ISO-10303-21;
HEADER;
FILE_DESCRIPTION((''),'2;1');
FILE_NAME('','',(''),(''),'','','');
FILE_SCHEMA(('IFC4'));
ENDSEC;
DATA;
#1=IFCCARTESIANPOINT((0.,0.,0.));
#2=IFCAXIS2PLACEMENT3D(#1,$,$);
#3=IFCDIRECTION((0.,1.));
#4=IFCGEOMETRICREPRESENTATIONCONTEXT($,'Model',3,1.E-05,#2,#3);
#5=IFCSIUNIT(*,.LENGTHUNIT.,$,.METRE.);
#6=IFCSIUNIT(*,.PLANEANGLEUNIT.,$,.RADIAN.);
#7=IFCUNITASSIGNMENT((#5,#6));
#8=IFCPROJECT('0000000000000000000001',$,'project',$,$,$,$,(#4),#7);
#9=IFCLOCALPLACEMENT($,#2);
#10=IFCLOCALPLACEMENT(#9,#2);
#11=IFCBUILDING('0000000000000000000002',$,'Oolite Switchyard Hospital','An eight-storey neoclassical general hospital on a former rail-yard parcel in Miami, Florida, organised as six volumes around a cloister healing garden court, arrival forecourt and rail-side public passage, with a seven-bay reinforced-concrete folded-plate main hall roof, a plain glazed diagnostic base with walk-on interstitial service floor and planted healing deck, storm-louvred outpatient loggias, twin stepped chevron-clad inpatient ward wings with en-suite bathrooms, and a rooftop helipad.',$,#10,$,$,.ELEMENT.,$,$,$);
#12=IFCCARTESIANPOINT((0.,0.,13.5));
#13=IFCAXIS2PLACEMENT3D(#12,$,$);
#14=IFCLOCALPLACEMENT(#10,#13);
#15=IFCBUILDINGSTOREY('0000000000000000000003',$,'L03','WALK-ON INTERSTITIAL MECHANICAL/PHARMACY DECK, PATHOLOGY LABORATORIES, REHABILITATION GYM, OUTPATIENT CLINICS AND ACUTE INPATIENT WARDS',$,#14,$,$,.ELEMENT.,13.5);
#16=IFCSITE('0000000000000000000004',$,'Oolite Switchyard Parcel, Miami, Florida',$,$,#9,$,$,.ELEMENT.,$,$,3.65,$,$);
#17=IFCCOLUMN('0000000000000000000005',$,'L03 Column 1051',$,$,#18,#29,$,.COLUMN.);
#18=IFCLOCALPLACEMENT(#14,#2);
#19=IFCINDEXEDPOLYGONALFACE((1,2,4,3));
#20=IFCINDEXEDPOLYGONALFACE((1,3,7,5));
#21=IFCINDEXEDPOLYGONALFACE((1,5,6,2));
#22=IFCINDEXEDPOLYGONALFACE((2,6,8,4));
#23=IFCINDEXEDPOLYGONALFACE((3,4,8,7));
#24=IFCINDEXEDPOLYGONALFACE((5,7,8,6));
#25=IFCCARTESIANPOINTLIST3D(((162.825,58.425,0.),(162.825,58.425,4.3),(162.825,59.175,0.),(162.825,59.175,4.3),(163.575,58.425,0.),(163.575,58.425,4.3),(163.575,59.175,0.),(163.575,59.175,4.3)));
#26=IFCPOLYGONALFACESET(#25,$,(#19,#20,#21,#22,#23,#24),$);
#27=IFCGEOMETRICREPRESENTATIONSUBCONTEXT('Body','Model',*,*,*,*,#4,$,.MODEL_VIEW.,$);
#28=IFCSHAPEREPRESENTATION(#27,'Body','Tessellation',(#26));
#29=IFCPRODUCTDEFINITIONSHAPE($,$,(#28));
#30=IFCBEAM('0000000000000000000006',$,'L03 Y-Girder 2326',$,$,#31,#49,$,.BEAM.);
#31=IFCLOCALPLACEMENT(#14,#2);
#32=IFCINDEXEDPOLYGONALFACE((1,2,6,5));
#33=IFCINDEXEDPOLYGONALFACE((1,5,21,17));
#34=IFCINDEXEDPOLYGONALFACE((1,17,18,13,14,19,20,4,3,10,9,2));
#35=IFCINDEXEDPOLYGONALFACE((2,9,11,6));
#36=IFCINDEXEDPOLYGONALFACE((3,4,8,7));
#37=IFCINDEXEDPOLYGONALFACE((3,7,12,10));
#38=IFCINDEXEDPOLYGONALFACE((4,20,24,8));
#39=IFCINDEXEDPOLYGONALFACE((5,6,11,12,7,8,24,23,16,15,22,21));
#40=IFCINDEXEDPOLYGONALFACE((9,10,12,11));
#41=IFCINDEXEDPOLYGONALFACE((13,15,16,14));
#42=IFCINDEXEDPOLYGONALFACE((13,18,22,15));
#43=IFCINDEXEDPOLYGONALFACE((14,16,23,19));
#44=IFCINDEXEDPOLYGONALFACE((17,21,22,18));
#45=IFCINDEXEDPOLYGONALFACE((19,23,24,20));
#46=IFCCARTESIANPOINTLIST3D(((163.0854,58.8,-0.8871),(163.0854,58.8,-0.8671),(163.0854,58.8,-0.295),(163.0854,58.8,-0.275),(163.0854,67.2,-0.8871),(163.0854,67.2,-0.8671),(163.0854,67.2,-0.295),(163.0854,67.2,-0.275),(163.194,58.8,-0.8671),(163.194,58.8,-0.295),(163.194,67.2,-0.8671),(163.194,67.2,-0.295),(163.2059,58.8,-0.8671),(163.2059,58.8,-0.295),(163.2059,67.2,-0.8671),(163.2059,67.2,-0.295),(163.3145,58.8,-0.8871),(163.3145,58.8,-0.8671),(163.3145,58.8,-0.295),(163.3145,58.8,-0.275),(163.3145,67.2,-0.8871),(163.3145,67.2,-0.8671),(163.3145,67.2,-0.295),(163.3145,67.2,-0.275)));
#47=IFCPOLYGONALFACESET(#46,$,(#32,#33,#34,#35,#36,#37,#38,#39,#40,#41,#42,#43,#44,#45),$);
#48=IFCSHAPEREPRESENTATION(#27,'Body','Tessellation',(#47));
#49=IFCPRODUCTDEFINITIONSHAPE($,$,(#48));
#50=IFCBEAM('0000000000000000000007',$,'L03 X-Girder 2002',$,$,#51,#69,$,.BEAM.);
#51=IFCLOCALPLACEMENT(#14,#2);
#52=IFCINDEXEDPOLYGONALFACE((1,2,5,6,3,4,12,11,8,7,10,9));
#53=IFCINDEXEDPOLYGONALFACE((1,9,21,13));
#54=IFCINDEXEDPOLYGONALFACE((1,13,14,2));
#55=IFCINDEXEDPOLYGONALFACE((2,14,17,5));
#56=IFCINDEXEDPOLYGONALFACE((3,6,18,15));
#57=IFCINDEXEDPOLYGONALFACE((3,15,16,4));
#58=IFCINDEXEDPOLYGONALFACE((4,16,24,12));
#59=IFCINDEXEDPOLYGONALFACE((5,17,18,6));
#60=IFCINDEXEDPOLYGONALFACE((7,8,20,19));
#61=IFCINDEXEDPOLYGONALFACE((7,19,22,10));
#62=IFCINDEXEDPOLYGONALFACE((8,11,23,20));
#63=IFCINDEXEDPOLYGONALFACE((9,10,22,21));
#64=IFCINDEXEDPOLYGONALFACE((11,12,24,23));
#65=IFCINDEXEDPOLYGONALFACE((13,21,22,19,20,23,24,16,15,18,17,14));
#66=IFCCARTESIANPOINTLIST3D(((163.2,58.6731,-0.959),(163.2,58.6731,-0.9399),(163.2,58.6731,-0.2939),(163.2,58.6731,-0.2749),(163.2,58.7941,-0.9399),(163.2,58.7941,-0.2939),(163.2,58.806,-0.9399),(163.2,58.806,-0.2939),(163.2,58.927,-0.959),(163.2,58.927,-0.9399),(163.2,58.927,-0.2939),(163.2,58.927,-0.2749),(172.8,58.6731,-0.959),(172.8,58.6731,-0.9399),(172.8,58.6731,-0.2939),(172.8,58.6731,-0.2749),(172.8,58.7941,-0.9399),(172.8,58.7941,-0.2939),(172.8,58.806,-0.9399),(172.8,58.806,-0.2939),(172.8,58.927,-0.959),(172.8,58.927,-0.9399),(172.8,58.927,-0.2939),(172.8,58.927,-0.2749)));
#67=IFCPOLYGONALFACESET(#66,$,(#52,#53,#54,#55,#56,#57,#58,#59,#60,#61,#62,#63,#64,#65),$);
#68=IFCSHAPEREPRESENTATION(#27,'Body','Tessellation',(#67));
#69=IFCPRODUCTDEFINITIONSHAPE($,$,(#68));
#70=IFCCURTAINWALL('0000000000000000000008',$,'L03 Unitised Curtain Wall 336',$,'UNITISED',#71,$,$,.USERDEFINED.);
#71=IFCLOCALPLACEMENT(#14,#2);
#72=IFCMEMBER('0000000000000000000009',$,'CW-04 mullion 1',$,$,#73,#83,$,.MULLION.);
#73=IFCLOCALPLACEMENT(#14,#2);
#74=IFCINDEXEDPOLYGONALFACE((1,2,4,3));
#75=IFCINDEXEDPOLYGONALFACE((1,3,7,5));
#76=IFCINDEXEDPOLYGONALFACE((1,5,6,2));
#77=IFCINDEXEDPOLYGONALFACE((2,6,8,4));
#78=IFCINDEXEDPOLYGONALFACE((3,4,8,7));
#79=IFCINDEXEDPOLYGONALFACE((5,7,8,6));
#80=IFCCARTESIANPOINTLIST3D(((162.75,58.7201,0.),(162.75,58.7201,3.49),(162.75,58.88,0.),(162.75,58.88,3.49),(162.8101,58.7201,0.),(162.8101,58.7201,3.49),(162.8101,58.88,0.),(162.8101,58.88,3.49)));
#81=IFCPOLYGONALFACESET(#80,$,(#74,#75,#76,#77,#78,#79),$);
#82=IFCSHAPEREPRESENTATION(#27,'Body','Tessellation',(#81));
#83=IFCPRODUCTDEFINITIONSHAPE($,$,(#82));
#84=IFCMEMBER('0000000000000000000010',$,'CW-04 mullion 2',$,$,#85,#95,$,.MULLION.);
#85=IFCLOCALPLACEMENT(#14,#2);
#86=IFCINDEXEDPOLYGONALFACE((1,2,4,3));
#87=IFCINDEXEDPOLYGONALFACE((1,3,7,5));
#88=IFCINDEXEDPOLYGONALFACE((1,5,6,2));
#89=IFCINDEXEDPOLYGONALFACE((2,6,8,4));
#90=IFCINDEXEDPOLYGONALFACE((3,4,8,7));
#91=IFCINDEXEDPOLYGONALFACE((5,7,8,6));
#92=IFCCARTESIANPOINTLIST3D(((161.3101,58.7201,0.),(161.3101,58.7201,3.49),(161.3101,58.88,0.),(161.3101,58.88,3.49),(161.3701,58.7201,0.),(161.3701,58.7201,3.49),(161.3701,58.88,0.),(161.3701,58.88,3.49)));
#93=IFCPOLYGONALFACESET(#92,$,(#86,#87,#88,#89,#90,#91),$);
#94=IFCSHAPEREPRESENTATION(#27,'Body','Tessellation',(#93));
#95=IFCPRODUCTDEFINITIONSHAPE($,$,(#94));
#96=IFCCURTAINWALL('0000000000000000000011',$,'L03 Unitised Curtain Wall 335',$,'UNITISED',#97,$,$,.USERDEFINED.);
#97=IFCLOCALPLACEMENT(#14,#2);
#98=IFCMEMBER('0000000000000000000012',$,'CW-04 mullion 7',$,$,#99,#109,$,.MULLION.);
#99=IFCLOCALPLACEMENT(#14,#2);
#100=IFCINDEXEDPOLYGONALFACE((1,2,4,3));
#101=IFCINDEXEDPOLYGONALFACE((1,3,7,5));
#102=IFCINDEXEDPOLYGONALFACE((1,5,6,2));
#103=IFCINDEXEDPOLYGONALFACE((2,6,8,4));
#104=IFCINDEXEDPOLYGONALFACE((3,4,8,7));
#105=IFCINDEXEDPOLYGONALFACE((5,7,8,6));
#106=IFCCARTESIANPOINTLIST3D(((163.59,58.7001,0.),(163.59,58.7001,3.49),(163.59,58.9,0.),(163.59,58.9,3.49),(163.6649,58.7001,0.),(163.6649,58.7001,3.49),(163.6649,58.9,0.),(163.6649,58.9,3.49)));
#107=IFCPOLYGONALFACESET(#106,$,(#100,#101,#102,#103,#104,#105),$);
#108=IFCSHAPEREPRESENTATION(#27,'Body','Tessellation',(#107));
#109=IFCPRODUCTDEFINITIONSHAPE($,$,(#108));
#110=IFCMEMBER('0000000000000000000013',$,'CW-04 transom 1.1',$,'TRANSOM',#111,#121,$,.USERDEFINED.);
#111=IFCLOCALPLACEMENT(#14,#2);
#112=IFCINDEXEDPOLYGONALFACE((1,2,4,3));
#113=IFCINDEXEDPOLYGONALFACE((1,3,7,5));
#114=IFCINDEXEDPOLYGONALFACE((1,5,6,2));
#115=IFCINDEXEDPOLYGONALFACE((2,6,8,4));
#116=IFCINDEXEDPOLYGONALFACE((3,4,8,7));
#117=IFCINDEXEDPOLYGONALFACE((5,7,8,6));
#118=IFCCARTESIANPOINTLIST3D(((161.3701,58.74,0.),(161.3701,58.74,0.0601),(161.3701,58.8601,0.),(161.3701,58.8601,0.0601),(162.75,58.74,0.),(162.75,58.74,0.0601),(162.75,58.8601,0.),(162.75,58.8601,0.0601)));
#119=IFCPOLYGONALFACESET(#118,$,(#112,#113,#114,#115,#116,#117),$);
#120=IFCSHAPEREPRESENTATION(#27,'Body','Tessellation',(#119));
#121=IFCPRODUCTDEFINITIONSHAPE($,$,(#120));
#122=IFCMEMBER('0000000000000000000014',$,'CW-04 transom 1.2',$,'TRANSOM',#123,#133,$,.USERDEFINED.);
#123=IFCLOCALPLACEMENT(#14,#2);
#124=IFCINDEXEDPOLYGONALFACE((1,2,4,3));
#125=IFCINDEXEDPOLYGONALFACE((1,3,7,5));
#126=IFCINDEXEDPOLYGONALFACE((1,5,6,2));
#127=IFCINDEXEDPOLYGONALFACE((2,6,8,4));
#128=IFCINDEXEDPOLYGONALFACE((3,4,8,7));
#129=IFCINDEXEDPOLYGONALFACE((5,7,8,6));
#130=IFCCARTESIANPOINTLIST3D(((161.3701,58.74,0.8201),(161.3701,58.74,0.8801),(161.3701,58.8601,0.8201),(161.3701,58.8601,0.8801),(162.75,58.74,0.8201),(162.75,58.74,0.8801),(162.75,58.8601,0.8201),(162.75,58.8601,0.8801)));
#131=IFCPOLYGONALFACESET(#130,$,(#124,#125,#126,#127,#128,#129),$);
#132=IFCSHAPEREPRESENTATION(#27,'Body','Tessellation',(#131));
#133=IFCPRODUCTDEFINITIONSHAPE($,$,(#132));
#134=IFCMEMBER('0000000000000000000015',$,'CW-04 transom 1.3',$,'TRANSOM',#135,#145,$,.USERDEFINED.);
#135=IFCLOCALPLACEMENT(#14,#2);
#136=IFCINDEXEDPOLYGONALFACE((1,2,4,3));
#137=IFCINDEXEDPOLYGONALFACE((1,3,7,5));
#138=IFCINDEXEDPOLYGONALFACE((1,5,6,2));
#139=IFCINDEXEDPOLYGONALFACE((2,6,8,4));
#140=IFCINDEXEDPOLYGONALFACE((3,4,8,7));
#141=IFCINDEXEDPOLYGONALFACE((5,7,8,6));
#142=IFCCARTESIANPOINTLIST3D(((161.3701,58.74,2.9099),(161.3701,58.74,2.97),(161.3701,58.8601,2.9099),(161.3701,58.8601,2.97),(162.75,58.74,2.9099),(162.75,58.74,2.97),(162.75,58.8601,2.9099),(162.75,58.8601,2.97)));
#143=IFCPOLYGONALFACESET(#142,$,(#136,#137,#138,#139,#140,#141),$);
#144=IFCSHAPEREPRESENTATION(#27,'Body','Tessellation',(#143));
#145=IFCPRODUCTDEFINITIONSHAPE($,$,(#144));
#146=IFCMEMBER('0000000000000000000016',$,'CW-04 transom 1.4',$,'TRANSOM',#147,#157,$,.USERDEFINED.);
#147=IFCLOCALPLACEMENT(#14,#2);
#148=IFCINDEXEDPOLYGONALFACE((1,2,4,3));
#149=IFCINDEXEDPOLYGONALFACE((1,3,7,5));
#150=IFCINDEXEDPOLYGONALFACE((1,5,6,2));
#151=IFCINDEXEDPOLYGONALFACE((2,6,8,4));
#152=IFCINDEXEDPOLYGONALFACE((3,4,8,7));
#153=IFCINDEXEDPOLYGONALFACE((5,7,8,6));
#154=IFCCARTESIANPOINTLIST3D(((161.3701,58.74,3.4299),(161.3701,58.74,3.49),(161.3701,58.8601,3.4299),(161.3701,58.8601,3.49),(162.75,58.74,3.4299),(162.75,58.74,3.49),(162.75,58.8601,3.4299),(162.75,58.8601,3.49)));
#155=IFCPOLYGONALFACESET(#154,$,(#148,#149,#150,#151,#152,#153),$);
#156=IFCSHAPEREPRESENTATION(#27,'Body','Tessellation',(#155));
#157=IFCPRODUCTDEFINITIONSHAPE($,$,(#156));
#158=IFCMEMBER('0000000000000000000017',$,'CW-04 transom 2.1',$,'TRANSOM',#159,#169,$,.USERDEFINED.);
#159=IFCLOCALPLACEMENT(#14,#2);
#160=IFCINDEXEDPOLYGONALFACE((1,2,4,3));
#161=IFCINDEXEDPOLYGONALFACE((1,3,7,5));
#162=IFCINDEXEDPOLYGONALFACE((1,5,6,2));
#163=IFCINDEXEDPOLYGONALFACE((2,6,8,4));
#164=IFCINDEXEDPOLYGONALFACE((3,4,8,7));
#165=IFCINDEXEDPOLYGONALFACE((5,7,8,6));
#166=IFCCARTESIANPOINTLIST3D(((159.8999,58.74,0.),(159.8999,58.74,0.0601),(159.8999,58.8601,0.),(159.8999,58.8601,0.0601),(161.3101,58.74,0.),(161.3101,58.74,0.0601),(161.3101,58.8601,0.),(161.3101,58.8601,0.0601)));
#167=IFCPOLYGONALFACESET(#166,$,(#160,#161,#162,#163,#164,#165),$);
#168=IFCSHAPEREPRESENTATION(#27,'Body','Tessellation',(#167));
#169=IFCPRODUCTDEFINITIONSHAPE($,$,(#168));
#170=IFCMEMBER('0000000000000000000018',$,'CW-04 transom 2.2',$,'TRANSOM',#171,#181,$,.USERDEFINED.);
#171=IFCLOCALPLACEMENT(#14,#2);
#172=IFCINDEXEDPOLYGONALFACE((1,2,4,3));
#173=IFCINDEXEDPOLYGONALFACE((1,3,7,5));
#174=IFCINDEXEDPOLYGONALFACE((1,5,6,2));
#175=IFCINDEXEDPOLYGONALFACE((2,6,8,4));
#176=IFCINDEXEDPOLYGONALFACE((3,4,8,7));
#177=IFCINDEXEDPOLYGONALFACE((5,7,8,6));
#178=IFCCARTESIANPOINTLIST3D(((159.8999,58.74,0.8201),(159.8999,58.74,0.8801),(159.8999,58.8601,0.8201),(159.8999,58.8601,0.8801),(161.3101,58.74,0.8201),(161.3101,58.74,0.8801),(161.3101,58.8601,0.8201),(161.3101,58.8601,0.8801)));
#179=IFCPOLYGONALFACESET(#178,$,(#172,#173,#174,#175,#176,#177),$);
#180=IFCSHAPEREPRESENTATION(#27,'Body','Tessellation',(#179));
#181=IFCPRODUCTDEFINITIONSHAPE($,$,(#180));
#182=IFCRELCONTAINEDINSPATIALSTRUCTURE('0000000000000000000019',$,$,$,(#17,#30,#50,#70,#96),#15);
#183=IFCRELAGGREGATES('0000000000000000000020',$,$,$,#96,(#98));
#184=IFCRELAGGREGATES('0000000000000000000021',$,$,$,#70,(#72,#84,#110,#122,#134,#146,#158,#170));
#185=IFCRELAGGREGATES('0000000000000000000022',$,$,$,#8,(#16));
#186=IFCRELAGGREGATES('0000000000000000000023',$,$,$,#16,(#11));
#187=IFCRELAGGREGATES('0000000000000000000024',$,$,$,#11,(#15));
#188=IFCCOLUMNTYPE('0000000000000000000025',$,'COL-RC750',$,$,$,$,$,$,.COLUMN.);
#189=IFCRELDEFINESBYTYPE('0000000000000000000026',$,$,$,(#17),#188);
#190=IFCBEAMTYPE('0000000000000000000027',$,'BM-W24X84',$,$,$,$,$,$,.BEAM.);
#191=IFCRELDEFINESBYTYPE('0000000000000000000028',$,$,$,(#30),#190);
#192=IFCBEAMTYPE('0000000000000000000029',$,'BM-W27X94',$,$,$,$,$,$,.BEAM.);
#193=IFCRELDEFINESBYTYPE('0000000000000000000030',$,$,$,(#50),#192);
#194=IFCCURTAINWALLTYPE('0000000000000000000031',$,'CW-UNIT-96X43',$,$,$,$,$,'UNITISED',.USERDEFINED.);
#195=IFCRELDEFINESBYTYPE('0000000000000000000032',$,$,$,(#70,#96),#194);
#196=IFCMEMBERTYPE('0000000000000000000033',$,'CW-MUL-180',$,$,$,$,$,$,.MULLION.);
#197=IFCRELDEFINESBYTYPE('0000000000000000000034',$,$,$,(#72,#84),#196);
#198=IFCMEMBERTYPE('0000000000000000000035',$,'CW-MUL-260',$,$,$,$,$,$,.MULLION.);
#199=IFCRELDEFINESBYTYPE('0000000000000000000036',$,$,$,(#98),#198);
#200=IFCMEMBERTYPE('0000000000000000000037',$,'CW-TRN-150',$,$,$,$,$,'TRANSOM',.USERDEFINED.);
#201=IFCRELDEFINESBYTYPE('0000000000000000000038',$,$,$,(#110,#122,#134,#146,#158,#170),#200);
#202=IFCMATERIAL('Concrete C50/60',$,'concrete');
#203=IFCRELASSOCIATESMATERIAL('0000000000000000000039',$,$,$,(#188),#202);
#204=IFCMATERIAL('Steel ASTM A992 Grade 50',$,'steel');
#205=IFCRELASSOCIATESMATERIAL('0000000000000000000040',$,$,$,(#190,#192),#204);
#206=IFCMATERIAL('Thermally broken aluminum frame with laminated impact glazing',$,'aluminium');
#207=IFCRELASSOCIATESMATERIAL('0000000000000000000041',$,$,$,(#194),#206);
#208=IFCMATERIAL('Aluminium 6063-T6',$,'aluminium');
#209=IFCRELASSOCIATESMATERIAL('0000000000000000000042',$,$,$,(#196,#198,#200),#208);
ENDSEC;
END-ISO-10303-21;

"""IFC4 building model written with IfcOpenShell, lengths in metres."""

from ifc_helpers import new_model, si_unit, direction, frame, origin, origin_2d, place, context, subcontext, project, spatial, rectangle, i_section, extrude, material, material_profile, profile_set, type_object, element, aggregate, save


model = new_model("IFC4")

# Units and contexts
model_context = context("Model", 3, precision=1e-05, world=origin(), true_north=direction((0.0, 1.0)))
body_context = subcontext(model_context, "Body", "Model", "MODEL_VIEW")
ifc_project = project(units=[si_unit("LENGTHUNIT", "METRE"), si_unit("PLANEANGLEUNIT", "RADIAN")], contexts=[model_context])

# Site, building, storey
site_placement = place(None, origin())
site = spatial("IfcSite", under=ifc_project, at=site_placement, Name="Oolite Switchyard Parcel, Miami, Florida", CompositionType="ELEMENT", RefElevation=3.65)
building_placement = place(site_placement, origin())
building = spatial("IfcBuilding", under=site, at=building_placement, Name="Oolite Switchyard Hospital", Description="An eight-storey neoclassical general hospital on a former rail-yard parcel in Miami, Florida, organised as six volumes around a cloister healing garden court, arrival forecourt and rail-side public passage, with a seven-bay reinforced-concrete folded-plate main hall roof, a plain glazed diagnostic base with walk-on interstitial service floor and planted healing deck, storm-louvred outpatient loggias, twin stepped chevron-clad inpatient ward wings with en-suite bathrooms, and a rooftop helipad.", CompositionType="ELEMENT")
storey_placement = place(building_placement, frame((0.0, 0.0, 13.5)))
storey = spatial("IfcBuildingStorey", under=building, at=storey_placement, Name="L03", Description="WALK-ON INTERSTITIAL MECHANICAL/PHARMACY DECK, PATHOLOGY LABORATORIES, REHABILITATION GYM, OUTPATIENT CLINICS AND ACUTE INPATIENT WARDS", CompositionType="ELEMENT", Elevation=13.5)

# Column
ifc_material_1 = material(Name="Concrete C50/60", Category="concrete")
ifc_material_profile_1 = material_profile(ifc_material_1, rectangle(XDim=0.75, YDim=0.75, at=origin_2d()), Name="RC750X750")
ifc_profile_set_1 = profile_set([ifc_material_profile_1], Name="Concrete C50/60")
column_type = type_object("IfcColumnType", Name="COL-RC750", PredefinedType="COLUMN", material=ifc_profile_set_1)
column_placement = place(storey_placement, frame((163.2, 58.8, 0.0), z_axis=(0.0, 0.0, 1.0), x_axis=(1.0, 0.0, 0.0)))
element("IfcColumn", 1, at=column_placement, inside=storey, type_object=column_type, Name="L03 Column 1051", PredefinedType="COLUMN", context=body_context, shape_type="SweptSolid", body=[
    extrude(rectangle(XDim=0.75, YDim=0.75, at=origin_2d()), origin(), (0.0, 0.0, 1.0), 4.3),
])

# Beams
ifc_material_2 = material(Name="Steel ASTM A992 Grade 50", Category="steel")
ifc_material_profile_2 = material_profile(ifc_material_2, i_section(OverallWidth=0.229, OverallDepth=0.6121, WebThickness=0.012, FlangeThickness=0.02, at=origin_2d()), Name="W24X84")
ifc_profile_set_2 = profile_set([ifc_material_profile_2], Name="Steel ASTM A992 Grade 50")
beam_type_1 = type_object("IfcBeamType", Name="BM-W24X84", PredefinedType="BEAM", material=ifc_profile_set_2)
beam_1_placement = place(storey_placement, frame((163.2, 58.8, -0.5811), z_axis=(0.0, 1.0, 0.0), x_axis=(-1.0, 0.0, 0.0)))
element("IfcBeam", 2, at=beam_1_placement, inside=storey, type_object=beam_type_1, Name="L03 Y-Girder 2326", PredefinedType="BEAM", context=body_context, shape_type="SweptSolid", body=[
    extrude(i_section(OverallWidth=0.229, OverallDepth=0.6121, WebThickness=0.012, FlangeThickness=0.02, at=origin_2d()), origin(), (0.0, 0.0, 1.0), 8.3999),
])
ifc_material_profile_3 = material_profile(ifc_material_2, i_section(OverallWidth=0.2539, OverallDepth=0.6841, WebThickness=0.012, FlangeThickness=0.019, at=origin_2d()), Name="W27X94")
ifc_profile_set_3 = profile_set([ifc_material_profile_3], Name="Steel ASTM A992 Grade 50")
beam_type_2 = type_object("IfcBeamType", Name="BM-W27X94", PredefinedType="BEAM", material=ifc_profile_set_3)
beam_2_placement = place(storey_placement, frame((163.2, 58.8, -0.6169), z_axis=(1.0, 0.0, 0.0), x_axis=(0.0, 1.0, 0.0)))
element("IfcBeam", 3, at=beam_2_placement, inside=storey, type_object=beam_type_2, Name="L03 X-Girder 2002", PredefinedType="BEAM", context=body_context, shape_type="SweptSolid", body=[
    extrude(i_section(OverallWidth=0.2539, OverallDepth=0.6841, WebThickness=0.012, FlangeThickness=0.019, at=origin_2d()), origin(), (0.0, 0.0, 1.0), 9.6001),
])

# Curtain wall, members
ifc_material_3 = material(Name="Thermally broken aluminum frame with laminated impact glazing", Category="aluminium")
curtain_wall_type = type_object("IfcCurtainWallType", Name="CW-UNIT-96X43", ElementType="UNITISED", PredefinedType="USERDEFINED", material=ifc_material_3)
curtain_wall_1_placement = place(storey_placement, origin())
curtain_wall_1 = element("IfcCurtainWall", 4, at=curtain_wall_1_placement, inside=storey, type_object=curtain_wall_type, Name="L03 Unitised Curtain Wall 336", ObjectType="UNITISED", PredefinedType="USERDEFINED")
ifc_material_4 = material(Name="Aluminium 6063-T6", Category="aluminium")
ifc_material_profile_4 = material_profile(ifc_material_4, rectangle(XDim=0.1599, YDim=0.0601, at=origin_2d()), Name="CWM60X160")
ifc_profile_set_4 = profile_set([ifc_material_profile_4], Name="Aluminium 6063-T6")
member_type_1 = type_object("IfcMemberType", Name="CW-MUL-180", PredefinedType="MULLION", material=ifc_profile_set_4)
member_1_placement = place(storey_placement, frame((162.78, 58.8, 0.0), z_axis=(0.0, 0.0, 1.0), x_axis=(0.0, -1.0, 0.0)))
member_1 = element("IfcMember", 5, at=member_1_placement, type_object=member_type_1, Name="CW-04 mullion 1", PredefinedType="MULLION", context=body_context, shape_type="SweptSolid", body=[
    extrude(rectangle(XDim=0.1599, YDim=0.0601, at=origin_2d()), origin(), (0.0, 0.0, 1.0), 3.49),
])
member_2_placement = place(storey_placement, frame((161.3401, 58.8, 0.0), z_axis=(0.0, 0.0, 1.0), x_axis=(0.0, -1.0, 0.0)))
member_2 = element("IfcMember", 6, at=member_2_placement, type_object=member_type_1, Name="CW-04 mullion 2", PredefinedType="MULLION", context=body_context, shape_type="SweptSolid", body=[
    extrude(rectangle(XDim=0.1599, YDim=0.0601, at=origin_2d()), origin(), (0.0, 0.0, 1.0), 3.49),
])

# Curtain wall, member
curtain_wall_2_placement = place(storey_placement, origin())
curtain_wall_2 = element("IfcCurtainWall", 7, at=curtain_wall_2_placement, inside=storey, type_object=curtain_wall_type, Name="L03 Unitised Curtain Wall 335", ObjectType="UNITISED", PredefinedType="USERDEFINED")
ifc_material_profile_5 = material_profile(ifc_material_4, rectangle(XDim=0.2, YDim=0.075, at=origin_2d()), Name="CWM75X200")
ifc_profile_set_5 = profile_set([ifc_material_profile_5], Name="Aluminium 6063-T6")
member_type_2 = type_object("IfcMemberType", Name="CW-MUL-260", PredefinedType="MULLION", material=ifc_profile_set_5)
member_3_placement = place(storey_placement, frame((163.6274, 58.8, 0.0), z_axis=(0.0, 0.0, 1.0), x_axis=(0.0, -1.0, 0.0)))
member_3 = element("IfcMember", 8, at=member_3_placement, type_object=member_type_2, Name="CW-04 mullion 7", PredefinedType="MULLION", context=body_context, shape_type="SweptSolid", body=[
    extrude(rectangle(XDim=0.2, YDim=0.075, at=origin_2d()), origin(), (0.0, 0.0, 1.0), 3.49),
])

# Members
ifc_material_profile_6 = material_profile(ifc_material_4, rectangle(XDim=0.1201, YDim=0.0601, at=origin_2d()), Name="CWT60X120")
ifc_profile_set_6 = profile_set([ifc_material_profile_6], Name="Aluminium 6063-T6")
member_type_3 = type_object("IfcMemberType", Name="CW-TRN-150", ElementType="TRANSOM", PredefinedType="USERDEFINED", material=ifc_profile_set_6)
member_4_placement = place(storey_placement, frame((162.75, 58.8, 0.03), z_axis=(-1.0, 0.0, 0.0), x_axis=(0.0, -1.0, 0.0)))
member_4 = element("IfcMember", 9, at=member_4_placement, type_object=member_type_3, Name="CW-04 transom 1.1", ObjectType="TRANSOM", PredefinedType="USERDEFINED", context=body_context, shape_type="SweptSolid", body=[
    extrude(rectangle(XDim=0.1201, YDim=0.0601, at=origin_2d()), origin(), (0.0, 0.0, 1.0), 1.3799),
])
member_5_placement = place(storey_placement, frame((162.75, 58.8, 0.8501), z_axis=(-1.0, 0.0, 0.0), x_axis=(0.0, -1.0, 0.0)))
member_5 = element("IfcMember", 10, at=member_5_placement, type_object=member_type_3, Name="CW-04 transom 1.2", ObjectType="TRANSOM", PredefinedType="USERDEFINED", context=body_context, shape_type="SweptSolid", body=[
    extrude(rectangle(XDim=0.1201, YDim=0.0601, at=origin_2d()), origin(), (0.0, 0.0, 1.0), 1.3799),
])
member_6_placement = place(storey_placement, frame((162.75, 58.8, 2.9399), z_axis=(-1.0, 0.0, 0.0), x_axis=(0.0, -1.0, 0.0)))
member_6 = element("IfcMember", 11, at=member_6_placement, type_object=member_type_3, Name="CW-04 transom 1.3", ObjectType="TRANSOM", PredefinedType="USERDEFINED", context=body_context, shape_type="SweptSolid", body=[
    extrude(rectangle(XDim=0.1201, YDim=0.0601, at=origin_2d()), origin(), (0.0, 0.0, 1.0), 1.3799),
])
member_7_placement = place(storey_placement, frame((162.75, 58.8, 3.46), z_axis=(-1.0, 0.0, 0.0), x_axis=(0.0, -1.0, 0.0)))
member_7 = element("IfcMember", 12, at=member_7_placement, type_object=member_type_3, Name="CW-04 transom 1.4", ObjectType="TRANSOM", PredefinedType="USERDEFINED", context=body_context, shape_type="SweptSolid", body=[
    extrude(rectangle(XDim=0.1201, YDim=0.0601, at=origin_2d()), origin(), (0.0, 0.0, 1.0), 1.3799),
])
member_8_placement = place(storey_placement, frame((161.3101, 58.8, 0.03), z_axis=(-1.0, 0.0, 0.0), x_axis=(0.0, -1.0, 0.0)))
member_8 = element("IfcMember", 13, at=member_8_placement, type_object=member_type_3, Name="CW-04 transom 2.1", ObjectType="TRANSOM", PredefinedType="USERDEFINED", context=body_context, shape_type="SweptSolid", body=[
    extrude(rectangle(XDim=0.1201, YDim=0.0601, at=origin_2d()), origin(), (0.0, 0.0, 1.0), 1.4102),
])
member_9_placement = place(storey_placement, frame((161.3101, 58.8, 0.8501), z_axis=(-1.0, 0.0, 0.0), x_axis=(0.0, -1.0, 0.0)))
member_9 = element("IfcMember", 14, at=member_9_placement, type_object=member_type_3, Name="CW-04 transom 2.2", ObjectType="TRANSOM", PredefinedType="USERDEFINED", context=body_context, shape_type="SweptSolid", body=[
    extrude(rectangle(XDim=0.1201, YDim=0.0601, at=origin_2d()), origin(), (0.0, 0.0, 1.0), 1.4102),
])

aggregate(curtain_wall_2, [member_3])
aggregate(curtain_wall_1, [member_1, member_2, member_4, member_5, member_6, member_7, member_8, member_9])

save(model, "model.ifc")
